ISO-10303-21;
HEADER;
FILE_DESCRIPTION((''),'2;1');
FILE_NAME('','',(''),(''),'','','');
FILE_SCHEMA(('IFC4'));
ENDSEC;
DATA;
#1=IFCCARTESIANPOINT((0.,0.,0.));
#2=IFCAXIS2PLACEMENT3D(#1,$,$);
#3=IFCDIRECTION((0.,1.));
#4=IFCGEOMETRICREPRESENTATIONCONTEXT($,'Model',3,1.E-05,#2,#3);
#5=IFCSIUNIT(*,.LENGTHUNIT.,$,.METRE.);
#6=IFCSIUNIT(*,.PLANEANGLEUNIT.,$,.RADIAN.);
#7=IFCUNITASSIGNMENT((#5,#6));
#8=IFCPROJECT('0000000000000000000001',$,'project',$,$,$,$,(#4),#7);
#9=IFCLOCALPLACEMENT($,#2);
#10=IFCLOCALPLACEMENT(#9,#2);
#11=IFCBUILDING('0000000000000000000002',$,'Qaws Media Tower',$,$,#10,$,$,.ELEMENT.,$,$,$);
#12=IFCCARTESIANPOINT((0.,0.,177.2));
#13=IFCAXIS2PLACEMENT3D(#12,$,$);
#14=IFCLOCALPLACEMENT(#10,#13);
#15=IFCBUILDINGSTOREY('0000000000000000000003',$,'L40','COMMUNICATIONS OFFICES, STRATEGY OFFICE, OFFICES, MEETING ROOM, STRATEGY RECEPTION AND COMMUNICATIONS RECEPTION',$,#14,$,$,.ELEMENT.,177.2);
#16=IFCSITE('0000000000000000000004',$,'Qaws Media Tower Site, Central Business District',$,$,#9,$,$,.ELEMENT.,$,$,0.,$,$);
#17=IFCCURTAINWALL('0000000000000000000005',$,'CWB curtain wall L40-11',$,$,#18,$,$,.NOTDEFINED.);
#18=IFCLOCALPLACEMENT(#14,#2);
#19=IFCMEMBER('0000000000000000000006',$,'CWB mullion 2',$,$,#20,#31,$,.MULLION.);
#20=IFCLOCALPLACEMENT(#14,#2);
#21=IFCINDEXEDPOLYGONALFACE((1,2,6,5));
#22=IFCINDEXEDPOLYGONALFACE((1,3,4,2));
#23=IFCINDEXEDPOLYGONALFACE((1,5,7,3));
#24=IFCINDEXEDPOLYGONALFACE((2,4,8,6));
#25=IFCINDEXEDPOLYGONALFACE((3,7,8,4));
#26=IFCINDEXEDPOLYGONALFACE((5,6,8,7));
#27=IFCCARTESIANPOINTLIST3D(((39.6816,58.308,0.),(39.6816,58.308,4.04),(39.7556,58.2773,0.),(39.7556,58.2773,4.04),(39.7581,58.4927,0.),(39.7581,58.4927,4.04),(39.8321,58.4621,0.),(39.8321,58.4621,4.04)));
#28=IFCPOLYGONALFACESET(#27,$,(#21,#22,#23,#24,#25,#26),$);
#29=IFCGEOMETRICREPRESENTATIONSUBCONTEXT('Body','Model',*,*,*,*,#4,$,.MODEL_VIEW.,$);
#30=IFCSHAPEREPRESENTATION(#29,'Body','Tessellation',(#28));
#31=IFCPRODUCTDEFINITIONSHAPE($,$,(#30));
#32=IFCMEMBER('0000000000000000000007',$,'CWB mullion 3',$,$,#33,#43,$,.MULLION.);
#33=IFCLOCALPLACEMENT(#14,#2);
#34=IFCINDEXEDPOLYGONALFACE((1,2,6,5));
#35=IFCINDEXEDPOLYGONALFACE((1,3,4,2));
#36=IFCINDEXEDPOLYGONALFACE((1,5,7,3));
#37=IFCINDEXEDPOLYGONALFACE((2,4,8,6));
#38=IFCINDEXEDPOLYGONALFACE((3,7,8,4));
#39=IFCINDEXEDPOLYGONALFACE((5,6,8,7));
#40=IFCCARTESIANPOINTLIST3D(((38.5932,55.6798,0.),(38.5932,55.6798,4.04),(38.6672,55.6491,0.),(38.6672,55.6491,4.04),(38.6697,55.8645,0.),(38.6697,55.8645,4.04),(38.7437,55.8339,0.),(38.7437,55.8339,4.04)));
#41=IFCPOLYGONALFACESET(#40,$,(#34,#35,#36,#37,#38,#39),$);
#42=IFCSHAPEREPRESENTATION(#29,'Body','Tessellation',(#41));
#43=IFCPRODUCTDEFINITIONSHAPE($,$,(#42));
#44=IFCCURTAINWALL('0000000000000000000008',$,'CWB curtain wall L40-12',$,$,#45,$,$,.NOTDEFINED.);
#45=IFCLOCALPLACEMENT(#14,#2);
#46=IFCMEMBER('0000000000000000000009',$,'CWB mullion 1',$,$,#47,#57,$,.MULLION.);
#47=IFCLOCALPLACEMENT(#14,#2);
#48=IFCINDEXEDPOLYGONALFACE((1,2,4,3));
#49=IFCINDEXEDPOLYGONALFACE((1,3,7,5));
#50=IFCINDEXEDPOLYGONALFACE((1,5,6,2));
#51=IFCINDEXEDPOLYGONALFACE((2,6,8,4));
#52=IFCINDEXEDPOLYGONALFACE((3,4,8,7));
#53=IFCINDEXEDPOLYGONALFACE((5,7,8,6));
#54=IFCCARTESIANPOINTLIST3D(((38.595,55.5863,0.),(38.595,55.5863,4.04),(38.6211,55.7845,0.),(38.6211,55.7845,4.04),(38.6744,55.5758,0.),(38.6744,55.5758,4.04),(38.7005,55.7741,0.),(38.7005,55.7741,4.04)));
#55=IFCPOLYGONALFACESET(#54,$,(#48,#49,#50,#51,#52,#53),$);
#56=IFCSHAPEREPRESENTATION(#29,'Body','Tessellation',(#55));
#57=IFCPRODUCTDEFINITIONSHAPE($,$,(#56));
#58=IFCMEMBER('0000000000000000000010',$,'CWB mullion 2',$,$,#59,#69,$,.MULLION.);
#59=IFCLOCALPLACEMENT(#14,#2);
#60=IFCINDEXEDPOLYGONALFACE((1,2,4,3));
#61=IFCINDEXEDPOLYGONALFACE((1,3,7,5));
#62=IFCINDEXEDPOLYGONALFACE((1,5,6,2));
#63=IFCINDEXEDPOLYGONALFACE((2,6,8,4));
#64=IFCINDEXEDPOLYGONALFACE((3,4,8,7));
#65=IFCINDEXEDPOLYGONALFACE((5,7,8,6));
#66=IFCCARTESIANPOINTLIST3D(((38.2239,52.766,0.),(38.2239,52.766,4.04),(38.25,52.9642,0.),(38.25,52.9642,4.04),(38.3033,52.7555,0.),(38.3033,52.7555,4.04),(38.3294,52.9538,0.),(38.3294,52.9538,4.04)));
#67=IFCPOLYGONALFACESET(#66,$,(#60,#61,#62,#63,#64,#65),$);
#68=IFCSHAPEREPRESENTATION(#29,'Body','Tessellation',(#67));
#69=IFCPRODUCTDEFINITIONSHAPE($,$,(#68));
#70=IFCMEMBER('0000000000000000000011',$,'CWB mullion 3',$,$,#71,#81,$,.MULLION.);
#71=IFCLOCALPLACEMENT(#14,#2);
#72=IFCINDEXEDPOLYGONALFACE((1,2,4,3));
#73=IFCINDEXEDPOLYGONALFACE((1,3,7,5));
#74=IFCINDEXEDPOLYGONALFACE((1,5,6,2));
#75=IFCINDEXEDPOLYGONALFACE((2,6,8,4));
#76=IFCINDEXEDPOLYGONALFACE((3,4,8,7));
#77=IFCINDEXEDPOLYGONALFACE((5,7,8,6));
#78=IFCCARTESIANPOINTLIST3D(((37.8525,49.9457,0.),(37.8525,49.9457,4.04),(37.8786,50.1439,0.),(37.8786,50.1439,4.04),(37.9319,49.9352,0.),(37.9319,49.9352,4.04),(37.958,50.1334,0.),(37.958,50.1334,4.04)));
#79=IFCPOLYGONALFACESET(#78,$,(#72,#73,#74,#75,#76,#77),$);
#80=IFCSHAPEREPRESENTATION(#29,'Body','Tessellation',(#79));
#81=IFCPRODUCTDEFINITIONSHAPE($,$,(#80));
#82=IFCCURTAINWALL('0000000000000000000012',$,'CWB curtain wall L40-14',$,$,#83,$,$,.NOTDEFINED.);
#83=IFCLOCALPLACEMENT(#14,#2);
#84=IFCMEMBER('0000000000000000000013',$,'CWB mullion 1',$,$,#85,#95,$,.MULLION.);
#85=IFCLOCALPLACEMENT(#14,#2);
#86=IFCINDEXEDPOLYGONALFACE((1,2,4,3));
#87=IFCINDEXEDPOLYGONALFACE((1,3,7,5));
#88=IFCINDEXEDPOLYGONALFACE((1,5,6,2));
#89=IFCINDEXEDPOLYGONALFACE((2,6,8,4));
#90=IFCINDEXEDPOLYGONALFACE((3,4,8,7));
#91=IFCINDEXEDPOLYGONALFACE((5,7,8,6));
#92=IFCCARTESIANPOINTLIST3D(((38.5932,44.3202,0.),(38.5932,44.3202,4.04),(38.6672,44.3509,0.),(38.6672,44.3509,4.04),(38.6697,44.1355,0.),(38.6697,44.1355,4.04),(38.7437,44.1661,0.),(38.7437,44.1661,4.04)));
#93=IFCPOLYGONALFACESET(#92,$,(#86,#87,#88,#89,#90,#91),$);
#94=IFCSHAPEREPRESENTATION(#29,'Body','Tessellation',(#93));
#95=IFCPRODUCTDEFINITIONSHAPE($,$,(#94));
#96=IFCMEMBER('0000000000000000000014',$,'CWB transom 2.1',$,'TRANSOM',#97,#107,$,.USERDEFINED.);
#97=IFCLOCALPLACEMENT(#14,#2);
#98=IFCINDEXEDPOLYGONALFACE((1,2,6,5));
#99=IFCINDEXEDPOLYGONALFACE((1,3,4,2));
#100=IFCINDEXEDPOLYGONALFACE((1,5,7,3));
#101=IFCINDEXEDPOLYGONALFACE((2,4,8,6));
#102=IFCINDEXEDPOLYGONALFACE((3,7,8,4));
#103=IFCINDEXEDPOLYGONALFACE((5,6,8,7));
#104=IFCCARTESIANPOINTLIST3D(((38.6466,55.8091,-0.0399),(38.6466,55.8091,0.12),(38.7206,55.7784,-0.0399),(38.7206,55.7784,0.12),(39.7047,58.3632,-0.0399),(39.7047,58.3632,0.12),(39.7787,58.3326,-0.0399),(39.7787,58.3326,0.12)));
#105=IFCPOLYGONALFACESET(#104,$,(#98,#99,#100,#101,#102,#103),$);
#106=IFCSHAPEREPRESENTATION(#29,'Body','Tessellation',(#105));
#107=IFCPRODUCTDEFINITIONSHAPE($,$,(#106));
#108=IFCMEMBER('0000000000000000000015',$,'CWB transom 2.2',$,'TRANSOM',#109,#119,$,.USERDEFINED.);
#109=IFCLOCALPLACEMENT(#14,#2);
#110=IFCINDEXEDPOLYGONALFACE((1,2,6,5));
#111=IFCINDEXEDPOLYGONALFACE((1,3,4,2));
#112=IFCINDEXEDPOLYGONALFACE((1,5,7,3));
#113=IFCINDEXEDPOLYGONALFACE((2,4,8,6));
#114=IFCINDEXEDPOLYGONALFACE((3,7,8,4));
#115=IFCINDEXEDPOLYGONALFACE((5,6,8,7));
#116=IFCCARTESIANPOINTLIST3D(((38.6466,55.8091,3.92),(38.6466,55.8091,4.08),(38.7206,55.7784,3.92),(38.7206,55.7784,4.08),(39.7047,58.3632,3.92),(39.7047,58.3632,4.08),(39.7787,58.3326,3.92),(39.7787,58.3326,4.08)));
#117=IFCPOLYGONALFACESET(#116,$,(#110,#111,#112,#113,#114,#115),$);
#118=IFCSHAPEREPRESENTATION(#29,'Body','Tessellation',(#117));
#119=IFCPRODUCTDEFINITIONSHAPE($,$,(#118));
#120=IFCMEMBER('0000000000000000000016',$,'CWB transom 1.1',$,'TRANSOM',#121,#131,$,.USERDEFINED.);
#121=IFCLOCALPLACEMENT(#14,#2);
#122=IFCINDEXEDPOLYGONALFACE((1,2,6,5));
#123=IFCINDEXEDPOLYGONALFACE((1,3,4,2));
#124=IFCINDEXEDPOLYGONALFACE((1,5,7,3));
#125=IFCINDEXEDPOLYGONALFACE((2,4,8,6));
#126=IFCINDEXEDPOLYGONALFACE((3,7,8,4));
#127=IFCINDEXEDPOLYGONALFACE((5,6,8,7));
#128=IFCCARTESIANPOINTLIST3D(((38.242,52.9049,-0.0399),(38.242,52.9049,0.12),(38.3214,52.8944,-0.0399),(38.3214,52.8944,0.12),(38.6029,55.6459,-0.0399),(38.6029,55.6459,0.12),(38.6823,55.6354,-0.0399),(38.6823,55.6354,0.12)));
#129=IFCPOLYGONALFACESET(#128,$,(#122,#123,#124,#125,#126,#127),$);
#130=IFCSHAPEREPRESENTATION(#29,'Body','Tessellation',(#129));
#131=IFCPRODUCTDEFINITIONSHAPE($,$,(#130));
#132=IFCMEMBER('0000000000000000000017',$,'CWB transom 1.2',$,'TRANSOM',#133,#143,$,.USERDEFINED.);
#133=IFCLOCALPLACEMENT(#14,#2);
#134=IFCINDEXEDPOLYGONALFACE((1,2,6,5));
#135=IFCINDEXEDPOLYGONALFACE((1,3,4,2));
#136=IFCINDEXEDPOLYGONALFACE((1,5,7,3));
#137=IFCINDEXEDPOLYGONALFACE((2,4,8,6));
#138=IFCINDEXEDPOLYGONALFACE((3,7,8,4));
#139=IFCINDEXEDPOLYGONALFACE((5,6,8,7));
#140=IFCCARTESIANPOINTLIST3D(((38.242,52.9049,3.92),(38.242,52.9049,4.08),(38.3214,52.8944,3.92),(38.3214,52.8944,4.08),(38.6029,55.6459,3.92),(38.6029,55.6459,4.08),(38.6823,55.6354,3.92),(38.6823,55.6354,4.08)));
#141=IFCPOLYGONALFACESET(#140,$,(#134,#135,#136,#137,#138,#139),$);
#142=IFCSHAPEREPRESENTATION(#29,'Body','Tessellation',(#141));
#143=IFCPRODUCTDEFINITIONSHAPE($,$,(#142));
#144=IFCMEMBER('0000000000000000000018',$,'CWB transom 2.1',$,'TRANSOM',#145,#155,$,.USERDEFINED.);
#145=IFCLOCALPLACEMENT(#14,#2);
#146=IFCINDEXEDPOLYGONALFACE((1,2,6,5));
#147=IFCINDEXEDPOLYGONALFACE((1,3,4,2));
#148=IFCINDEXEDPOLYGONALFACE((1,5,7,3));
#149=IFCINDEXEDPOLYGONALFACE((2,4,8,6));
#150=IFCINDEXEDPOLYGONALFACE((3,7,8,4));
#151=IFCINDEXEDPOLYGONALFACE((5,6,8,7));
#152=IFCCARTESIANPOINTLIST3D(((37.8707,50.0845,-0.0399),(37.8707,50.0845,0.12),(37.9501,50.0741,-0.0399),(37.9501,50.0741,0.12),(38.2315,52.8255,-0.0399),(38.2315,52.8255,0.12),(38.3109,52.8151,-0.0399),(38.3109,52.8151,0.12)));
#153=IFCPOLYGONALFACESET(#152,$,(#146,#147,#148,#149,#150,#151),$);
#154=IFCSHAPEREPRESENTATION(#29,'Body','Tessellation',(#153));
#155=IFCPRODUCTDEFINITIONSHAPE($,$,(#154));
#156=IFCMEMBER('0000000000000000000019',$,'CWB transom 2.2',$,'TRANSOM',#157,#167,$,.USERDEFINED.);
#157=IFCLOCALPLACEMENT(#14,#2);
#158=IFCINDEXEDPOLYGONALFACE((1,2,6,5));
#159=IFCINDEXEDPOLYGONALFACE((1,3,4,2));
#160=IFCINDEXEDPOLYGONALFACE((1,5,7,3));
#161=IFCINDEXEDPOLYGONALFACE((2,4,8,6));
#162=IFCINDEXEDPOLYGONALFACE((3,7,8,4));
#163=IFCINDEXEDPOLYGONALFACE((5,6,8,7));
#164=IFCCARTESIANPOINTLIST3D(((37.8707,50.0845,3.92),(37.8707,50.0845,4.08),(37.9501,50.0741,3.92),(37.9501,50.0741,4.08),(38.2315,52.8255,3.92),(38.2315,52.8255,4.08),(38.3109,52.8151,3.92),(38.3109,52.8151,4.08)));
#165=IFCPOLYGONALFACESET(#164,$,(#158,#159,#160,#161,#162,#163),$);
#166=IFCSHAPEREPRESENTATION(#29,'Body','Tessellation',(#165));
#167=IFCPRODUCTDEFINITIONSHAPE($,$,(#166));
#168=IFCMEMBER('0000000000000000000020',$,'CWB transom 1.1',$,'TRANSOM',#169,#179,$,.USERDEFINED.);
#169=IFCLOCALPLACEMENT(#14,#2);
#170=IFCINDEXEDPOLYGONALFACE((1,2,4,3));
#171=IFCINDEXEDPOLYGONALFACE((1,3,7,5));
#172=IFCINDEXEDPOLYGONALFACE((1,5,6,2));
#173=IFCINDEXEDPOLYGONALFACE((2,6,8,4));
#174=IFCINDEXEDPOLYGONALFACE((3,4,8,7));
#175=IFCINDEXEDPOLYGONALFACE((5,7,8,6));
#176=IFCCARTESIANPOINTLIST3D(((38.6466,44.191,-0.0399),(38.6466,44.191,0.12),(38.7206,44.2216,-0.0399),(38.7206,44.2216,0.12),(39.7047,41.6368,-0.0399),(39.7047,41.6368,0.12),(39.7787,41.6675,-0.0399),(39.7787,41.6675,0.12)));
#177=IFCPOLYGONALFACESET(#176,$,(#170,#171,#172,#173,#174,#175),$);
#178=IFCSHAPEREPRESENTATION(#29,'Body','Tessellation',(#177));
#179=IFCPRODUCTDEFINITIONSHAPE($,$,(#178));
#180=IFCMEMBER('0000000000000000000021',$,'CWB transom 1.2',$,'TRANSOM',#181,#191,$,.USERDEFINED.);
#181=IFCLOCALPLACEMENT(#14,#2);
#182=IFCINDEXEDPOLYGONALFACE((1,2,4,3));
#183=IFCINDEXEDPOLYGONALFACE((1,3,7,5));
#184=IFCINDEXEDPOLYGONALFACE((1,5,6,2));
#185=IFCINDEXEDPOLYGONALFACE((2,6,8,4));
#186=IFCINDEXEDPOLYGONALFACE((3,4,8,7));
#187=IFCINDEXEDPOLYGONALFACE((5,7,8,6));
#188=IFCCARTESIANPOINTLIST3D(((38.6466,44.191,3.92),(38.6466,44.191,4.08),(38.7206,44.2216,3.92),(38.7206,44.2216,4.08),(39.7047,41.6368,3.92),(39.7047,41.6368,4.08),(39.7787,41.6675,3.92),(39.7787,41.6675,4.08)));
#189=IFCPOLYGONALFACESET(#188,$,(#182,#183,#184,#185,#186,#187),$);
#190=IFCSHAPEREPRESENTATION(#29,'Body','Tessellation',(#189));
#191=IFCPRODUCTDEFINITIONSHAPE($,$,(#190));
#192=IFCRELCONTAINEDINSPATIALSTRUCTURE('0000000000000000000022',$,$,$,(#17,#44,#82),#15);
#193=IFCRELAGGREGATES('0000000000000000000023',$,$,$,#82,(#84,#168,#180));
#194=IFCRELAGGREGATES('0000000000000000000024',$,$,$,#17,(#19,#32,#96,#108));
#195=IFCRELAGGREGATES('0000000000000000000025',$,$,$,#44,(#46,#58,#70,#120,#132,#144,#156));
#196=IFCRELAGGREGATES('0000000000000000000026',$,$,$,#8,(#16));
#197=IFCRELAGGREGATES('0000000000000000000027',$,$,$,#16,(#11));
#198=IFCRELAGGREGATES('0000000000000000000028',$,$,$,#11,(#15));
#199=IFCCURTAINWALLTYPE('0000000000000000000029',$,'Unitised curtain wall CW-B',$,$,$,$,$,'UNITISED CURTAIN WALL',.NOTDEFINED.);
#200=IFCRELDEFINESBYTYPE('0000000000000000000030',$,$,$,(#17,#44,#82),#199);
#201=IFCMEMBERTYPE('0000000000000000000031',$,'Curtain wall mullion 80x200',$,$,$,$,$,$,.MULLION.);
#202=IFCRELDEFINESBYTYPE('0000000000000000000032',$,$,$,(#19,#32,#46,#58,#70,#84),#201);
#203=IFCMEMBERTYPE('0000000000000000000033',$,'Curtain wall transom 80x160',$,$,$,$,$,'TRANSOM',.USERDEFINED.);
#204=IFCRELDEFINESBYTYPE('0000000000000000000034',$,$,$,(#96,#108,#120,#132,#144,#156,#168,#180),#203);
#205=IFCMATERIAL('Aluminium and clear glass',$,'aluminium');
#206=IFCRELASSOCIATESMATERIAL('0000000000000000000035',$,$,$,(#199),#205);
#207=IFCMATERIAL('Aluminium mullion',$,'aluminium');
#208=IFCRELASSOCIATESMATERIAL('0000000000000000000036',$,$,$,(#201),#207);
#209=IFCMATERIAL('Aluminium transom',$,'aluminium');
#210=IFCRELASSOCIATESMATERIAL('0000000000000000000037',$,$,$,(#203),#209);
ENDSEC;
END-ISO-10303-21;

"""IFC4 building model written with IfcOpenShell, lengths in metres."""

from ifc_helpers import new_model, si_unit, direction, frame, origin, origin_2d, place, context, subcontext, project, spatial, rectangle, extrude, material, material_profile, profile_set, type_object, element, aggregate, save


model = new_model("IFC4")

# Units and contexts
model_context = context("Model", 3, precision=1e-05, world=origin(), true_north=direction((0.0, 1.0)))
body_context = subcontext(model_context, "Body", "Model", "MODEL_VIEW")
ifc_project = project(units=[si_unit("LENGTHUNIT", "METRE"), si_unit("PLANEANGLEUNIT", "RADIAN")], contexts=[model_context])

# Site, building, storey
site_placement = place(None, origin())
site = spatial("IfcSite", under=ifc_project, at=site_placement, Name="Qaws Media Tower Site, Central Business District", CompositionType="ELEMENT", RefElevation=0.0)
building_placement = place(site_placement, origin())
building = spatial("IfcBuilding", under=site, at=building_placement, Name="Qaws Media Tower", CompositionType="ELEMENT")
storey_placement = place(building_placement, frame((0.0, 0.0, 177.2)))
storey = spatial("IfcBuildingStorey", under=building, at=storey_placement, Name="L40", Description="COMMUNICATIONS OFFICES, STRATEGY OFFICE, OFFICES, MEETING ROOM, STRATEGY RECEPTION AND COMMUNICATIONS RECEPTION", CompositionType="ELEMENT", Elevation=177.2)

# Curtain walls, members
ifc_material_1 = material(Name="Aluminium and clear glass", Category="aluminium")
curtain_wall_type = type_object("IfcCurtainWallType", Name="Unitised curtain wall CW-B", ElementType="UNITISED CURTAIN WALL", PredefinedType="NOTDEFINED", material=ifc_material_1)
curtain_wall_1_placement = place(storey_placement, origin())
curtain_wall_1 = element("IfcCurtainWall", 1, at=curtain_wall_1_placement, inside=storey, type_object=curtain_wall_type, Name="CWB curtain wall L40-11", PredefinedType="NOTDEFINED")
ifc_material_2 = material(Name="Aluminium mullion", Category="aluminium")
ifc_material_profile_1 = material_profile(ifc_material_2, rectangle(XDim=0.0801, YDim=0.2, at=origin_2d()), Name="80x200")
ifc_profile_set_1 = profile_set([ifc_material_profile_1], Name="Aluminium mullion")
member_type_1 = type_object("IfcMemberType", Name="Curtain wall mullion 80x200", PredefinedType="MULLION", material=ifc_profile_set_1)
member_1_placement = place(storey_placement, frame((39.7568, 58.385, 0.0), z_axis=(0.0, 0.0, 1.0), x_axis=(0.923879, -0.382684, 0.0)))
member_1 = element("IfcMember", 2, at=member_1_placement, type_object=member_type_1, Name="CWB mullion 2", PredefinedType="MULLION", context=body_context, shape_type="SweptSolid", body=[
    extrude(rectangle(XDim=0.0801, YDim=0.2, at=origin_2d()), origin(), (0.0, 0.0, 1.0), 4.04),
])
member_2_placement = place(storey_placement, frame((38.6685, 55.7568, 0.0), z_axis=(0.0, 0.0, 1.0), x_axis=(0.923879, -0.382684, 0.0)))
member_2 = element("IfcMember", 3, at=member_2_placement, type_object=member_type_1, Name="CWB mullion 3", PredefinedType="MULLION", context=body_context, shape_type="SweptSolid", body=[
    extrude(rectangle(XDim=0.0801, YDim=0.2, at=origin_2d()), origin(), (0.0, 0.0, 1.0), 4.04),
])
curtain_wall_2_placement = place(storey_placement, origin())
curtain_wall_2 = element("IfcCurtainWall", 4, at=curtain_wall_2_placement, inside=storey, type_object=curtain_wall_type, Name="CWB curtain wall L40-12", PredefinedType="NOTDEFINED")
member_3_placement = place(storey_placement, frame((38.6477, 55.6802, 0.0), z_axis=(0.0, 0.0, 1.0), x_axis=(0.991445, -0.130526, 0.0)))
member_3 = element("IfcMember", 5, at=member_3_placement, type_object=member_type_1, Name="CWB mullion 1", PredefinedType="MULLION", context=body_context, shape_type="SweptSolid", body=[
    extrude(rectangle(XDim=0.0801, YDim=0.2, at=origin_2d()), origin(), (0.0, 0.0, 1.0), 4.04),
])
member_4_placement = place(storey_placement, frame((38.2766, 52.8599, 0.0), z_axis=(0.0, 0.0, 1.0), x_axis=(0.991445, -0.130526, 0.0)))
member_4 = element("IfcMember", 6, at=member_4_placement, type_object=member_type_1, Name="CWB mullion 2", PredefinedType="MULLION", context=body_context, shape_type="SweptSolid", body=[
    extrude(rectangle(XDim=0.0801, YDim=0.2, at=origin_2d()), origin(), (0.0, 0.0, 1.0), 4.04),
])
member_5_placement = place(storey_placement, frame((37.9053, 50.0396, 0.0), z_axis=(0.0, 0.0, 1.0), x_axis=(0.991445, -0.130526, 0.0)))
member_5 = element("IfcMember", 7, at=member_5_placement, type_object=member_type_1, Name="CWB mullion 3", PredefinedType="MULLION", context=body_context, shape_type="SweptSolid", body=[
    extrude(rectangle(XDim=0.0801, YDim=0.2, at=origin_2d()), origin(), (0.0, 0.0, 1.0), 4.04),
])

# Curtain wall, member
curtain_wall_3_placement = place(storey_placement, origin())
curtain_wall_3 = element("IfcCurtainWall", 8, at=curtain_wall_3_placement, inside=storey, type_object=curtain_wall_type, Name="CWB curtain wall L40-14", PredefinedType="NOTDEFINED")
member_6_placement = place(storey_placement, frame((38.6685, 44.2432, 0.0), z_axis=(0.0, 0.0, 1.0), x_axis=(0.923879, 0.382684, 0.0)))
member_6 = element("IfcMember", 9, at=member_6_placement, type_object=member_type_1, Name="CWB mullion 1", PredefinedType="MULLION", context=body_context, shape_type="SweptSolid", body=[
    extrude(rectangle(XDim=0.0801, YDim=0.2, at=origin_2d()), origin(), (0.0, 0.0, 1.0), 4.04),
])

# Members
ifc_material_3 = material(Name="Aluminium transom", Category="aluminium")
ifc_material_profile_2 = material_profile(ifc_material_3, rectangle(XDim=0.0801, YDim=0.1599, at=origin_2d()), Name="80x160")
ifc_profile_set_2 = profile_set([ifc_material_profile_2], Name="Aluminium transom")
member_type_2 = type_object("IfcMemberType", Name="Curtain wall transom 80x160", ElementType="TRANSOM", PredefinedType="USERDEFINED", material=ifc_profile_set_2)
member_7_placement = place(storey_placement, frame((39.7417, 58.3479, 0.04), z_axis=(-0.382721, -0.923864, 0.0), x_axis=(0.923864, -0.382721, 0.0)))
member_7 = element("IfcMember", 10, at=member_7_placement, type_object=member_type_2, Name="CWB transom 2.1", ObjectType="TRANSOM", PredefinedType="USERDEFINED", context=body_context, shape_type="SweptSolid", body=[
    extrude(rectangle(XDim=0.0801, YDim=0.1599, at=origin_2d()), origin(), (0.0, 0.0, 1.0), 2.7646),
])
member_8_placement = place(storey_placement, frame((39.7417, 58.3479, 4.0), z_axis=(-0.382721, -0.923864, 0.0), x_axis=(0.923864, -0.382721, 0.0)))
member_8 = element("IfcMember", 11, at=member_8_placement, type_object=member_type_2, Name="CWB transom 2.2", ObjectType="TRANSOM", PredefinedType="USERDEFINED", context=body_context, shape_type="SweptSolid", body=[
    extrude(rectangle(XDim=0.0801, YDim=0.1599, at=origin_2d()), origin(), (0.0, 0.0, 1.0), 2.7646),
])
member_9_placement = place(storey_placement, frame((38.6426, 55.6406, 0.04), z_axis=(-0.130521, -0.991446, 0.0), x_axis=(0.991446, -0.130521, 0.0)))
member_9 = element("IfcMember", 12, at=member_9_placement, type_object=member_type_2, Name="CWB transom 1.1", ObjectType="TRANSOM", PredefinedType="USERDEFINED", context=body_context, shape_type="SweptSolid", body=[
    extrude(rectangle(XDim=0.0801, YDim=0.1599, at=origin_2d()), origin(), (0.0, 0.0, 1.0), 2.7646),
])
member_10_placement = place(storey_placement, frame((38.6426, 55.6406, 4.0), z_axis=(-0.130521, -0.991446, 0.0), x_axis=(0.991446, -0.130521, 0.0)))
member_10 = element("IfcMember", 13, at=member_10_placement, type_object=member_type_2, Name="CWB transom 1.2", ObjectType="TRANSOM", PredefinedType="USERDEFINED", context=body_context, shape_type="SweptSolid", body=[
    extrude(rectangle(XDim=0.0801, YDim=0.1599, at=origin_2d()), origin(), (0.0, 0.0, 1.0), 2.7646),
])
member_11_placement = place(storey_placement, frame((38.2712, 52.8203, 0.04), z_axis=(-0.130521, -0.991446, 0.0), x_axis=(0.991446, -0.130521, 0.0)))
member_11 = element("IfcMember", 14, at=member_11_placement, type_object=member_type_2, Name="CWB transom 2.1", ObjectType="TRANSOM", PredefinedType="USERDEFINED", context=body_context, shape_type="SweptSolid", body=[
    extrude(rectangle(XDim=0.0801, YDim=0.1599, at=origin_2d()), origin(), (0.0, 0.0, 1.0), 2.7646),
])
member_12_placement = place(storey_placement, frame((38.2712, 52.8203, 4.0), z_axis=(-0.130521, -0.991446, 0.0), x_axis=(0.991446, -0.130521, 0.0)))
member_12 = element("IfcMember", 15, at=member_12_placement, type_object=member_type_2, Name="CWB transom 2.2", ObjectType="TRANSOM", PredefinedType="USERDEFINED", context=body_context, shape_type="SweptSolid", body=[
    extrude(rectangle(XDim=0.0801, YDim=0.1599, at=origin_2d()), origin(), (0.0, 0.0, 1.0), 2.7646),
])
member_13_placement = place(storey_placement, frame((38.6836, 44.2063, 0.04), z_axis=(0.382721, -0.923864, 0.0), x_axis=(0.923864, 0.382721, 0.0)))
member_13 = element("IfcMember", 16, at=member_13_placement, type_object=member_type_2, Name="CWB transom 1.1", ObjectType="TRANSOM", PredefinedType="USERDEFINED", context=body_context, shape_type="SweptSolid", body=[
    extrude(rectangle(XDim=0.0801, YDim=0.1599, at=origin_2d()), origin(), (0.0, 0.0, 1.0), 2.7646),
])
member_14_placement = place(storey_placement, frame((38.6836, 44.2063, 4.0), z_axis=(0.382721, -0.923864, 0.0), x_axis=(0.923864, 0.382721, 0.0)))
member_14 = element("IfcMember", 17, at=member_14_placement, type_object=member_type_2, Name="CWB transom 1.2", ObjectType="TRANSOM", PredefinedType="USERDEFINED", context=body_context, shape_type="SweptSolid", body=[
    extrude(rectangle(XDim=0.0801, YDim=0.1599, at=origin_2d()), origin(), (0.0, 0.0, 1.0), 2.7646),
])
aggregate(curtain_wall_3, [member_6, member_13, member_14])

aggregate(curtain_wall_1, [member_1, member_2, member_7, member_8])
aggregate(curtain_wall_2, [member_3, member_4, member_5, member_9, member_10, member_11, member_12])

save(model, "model.ifc")
